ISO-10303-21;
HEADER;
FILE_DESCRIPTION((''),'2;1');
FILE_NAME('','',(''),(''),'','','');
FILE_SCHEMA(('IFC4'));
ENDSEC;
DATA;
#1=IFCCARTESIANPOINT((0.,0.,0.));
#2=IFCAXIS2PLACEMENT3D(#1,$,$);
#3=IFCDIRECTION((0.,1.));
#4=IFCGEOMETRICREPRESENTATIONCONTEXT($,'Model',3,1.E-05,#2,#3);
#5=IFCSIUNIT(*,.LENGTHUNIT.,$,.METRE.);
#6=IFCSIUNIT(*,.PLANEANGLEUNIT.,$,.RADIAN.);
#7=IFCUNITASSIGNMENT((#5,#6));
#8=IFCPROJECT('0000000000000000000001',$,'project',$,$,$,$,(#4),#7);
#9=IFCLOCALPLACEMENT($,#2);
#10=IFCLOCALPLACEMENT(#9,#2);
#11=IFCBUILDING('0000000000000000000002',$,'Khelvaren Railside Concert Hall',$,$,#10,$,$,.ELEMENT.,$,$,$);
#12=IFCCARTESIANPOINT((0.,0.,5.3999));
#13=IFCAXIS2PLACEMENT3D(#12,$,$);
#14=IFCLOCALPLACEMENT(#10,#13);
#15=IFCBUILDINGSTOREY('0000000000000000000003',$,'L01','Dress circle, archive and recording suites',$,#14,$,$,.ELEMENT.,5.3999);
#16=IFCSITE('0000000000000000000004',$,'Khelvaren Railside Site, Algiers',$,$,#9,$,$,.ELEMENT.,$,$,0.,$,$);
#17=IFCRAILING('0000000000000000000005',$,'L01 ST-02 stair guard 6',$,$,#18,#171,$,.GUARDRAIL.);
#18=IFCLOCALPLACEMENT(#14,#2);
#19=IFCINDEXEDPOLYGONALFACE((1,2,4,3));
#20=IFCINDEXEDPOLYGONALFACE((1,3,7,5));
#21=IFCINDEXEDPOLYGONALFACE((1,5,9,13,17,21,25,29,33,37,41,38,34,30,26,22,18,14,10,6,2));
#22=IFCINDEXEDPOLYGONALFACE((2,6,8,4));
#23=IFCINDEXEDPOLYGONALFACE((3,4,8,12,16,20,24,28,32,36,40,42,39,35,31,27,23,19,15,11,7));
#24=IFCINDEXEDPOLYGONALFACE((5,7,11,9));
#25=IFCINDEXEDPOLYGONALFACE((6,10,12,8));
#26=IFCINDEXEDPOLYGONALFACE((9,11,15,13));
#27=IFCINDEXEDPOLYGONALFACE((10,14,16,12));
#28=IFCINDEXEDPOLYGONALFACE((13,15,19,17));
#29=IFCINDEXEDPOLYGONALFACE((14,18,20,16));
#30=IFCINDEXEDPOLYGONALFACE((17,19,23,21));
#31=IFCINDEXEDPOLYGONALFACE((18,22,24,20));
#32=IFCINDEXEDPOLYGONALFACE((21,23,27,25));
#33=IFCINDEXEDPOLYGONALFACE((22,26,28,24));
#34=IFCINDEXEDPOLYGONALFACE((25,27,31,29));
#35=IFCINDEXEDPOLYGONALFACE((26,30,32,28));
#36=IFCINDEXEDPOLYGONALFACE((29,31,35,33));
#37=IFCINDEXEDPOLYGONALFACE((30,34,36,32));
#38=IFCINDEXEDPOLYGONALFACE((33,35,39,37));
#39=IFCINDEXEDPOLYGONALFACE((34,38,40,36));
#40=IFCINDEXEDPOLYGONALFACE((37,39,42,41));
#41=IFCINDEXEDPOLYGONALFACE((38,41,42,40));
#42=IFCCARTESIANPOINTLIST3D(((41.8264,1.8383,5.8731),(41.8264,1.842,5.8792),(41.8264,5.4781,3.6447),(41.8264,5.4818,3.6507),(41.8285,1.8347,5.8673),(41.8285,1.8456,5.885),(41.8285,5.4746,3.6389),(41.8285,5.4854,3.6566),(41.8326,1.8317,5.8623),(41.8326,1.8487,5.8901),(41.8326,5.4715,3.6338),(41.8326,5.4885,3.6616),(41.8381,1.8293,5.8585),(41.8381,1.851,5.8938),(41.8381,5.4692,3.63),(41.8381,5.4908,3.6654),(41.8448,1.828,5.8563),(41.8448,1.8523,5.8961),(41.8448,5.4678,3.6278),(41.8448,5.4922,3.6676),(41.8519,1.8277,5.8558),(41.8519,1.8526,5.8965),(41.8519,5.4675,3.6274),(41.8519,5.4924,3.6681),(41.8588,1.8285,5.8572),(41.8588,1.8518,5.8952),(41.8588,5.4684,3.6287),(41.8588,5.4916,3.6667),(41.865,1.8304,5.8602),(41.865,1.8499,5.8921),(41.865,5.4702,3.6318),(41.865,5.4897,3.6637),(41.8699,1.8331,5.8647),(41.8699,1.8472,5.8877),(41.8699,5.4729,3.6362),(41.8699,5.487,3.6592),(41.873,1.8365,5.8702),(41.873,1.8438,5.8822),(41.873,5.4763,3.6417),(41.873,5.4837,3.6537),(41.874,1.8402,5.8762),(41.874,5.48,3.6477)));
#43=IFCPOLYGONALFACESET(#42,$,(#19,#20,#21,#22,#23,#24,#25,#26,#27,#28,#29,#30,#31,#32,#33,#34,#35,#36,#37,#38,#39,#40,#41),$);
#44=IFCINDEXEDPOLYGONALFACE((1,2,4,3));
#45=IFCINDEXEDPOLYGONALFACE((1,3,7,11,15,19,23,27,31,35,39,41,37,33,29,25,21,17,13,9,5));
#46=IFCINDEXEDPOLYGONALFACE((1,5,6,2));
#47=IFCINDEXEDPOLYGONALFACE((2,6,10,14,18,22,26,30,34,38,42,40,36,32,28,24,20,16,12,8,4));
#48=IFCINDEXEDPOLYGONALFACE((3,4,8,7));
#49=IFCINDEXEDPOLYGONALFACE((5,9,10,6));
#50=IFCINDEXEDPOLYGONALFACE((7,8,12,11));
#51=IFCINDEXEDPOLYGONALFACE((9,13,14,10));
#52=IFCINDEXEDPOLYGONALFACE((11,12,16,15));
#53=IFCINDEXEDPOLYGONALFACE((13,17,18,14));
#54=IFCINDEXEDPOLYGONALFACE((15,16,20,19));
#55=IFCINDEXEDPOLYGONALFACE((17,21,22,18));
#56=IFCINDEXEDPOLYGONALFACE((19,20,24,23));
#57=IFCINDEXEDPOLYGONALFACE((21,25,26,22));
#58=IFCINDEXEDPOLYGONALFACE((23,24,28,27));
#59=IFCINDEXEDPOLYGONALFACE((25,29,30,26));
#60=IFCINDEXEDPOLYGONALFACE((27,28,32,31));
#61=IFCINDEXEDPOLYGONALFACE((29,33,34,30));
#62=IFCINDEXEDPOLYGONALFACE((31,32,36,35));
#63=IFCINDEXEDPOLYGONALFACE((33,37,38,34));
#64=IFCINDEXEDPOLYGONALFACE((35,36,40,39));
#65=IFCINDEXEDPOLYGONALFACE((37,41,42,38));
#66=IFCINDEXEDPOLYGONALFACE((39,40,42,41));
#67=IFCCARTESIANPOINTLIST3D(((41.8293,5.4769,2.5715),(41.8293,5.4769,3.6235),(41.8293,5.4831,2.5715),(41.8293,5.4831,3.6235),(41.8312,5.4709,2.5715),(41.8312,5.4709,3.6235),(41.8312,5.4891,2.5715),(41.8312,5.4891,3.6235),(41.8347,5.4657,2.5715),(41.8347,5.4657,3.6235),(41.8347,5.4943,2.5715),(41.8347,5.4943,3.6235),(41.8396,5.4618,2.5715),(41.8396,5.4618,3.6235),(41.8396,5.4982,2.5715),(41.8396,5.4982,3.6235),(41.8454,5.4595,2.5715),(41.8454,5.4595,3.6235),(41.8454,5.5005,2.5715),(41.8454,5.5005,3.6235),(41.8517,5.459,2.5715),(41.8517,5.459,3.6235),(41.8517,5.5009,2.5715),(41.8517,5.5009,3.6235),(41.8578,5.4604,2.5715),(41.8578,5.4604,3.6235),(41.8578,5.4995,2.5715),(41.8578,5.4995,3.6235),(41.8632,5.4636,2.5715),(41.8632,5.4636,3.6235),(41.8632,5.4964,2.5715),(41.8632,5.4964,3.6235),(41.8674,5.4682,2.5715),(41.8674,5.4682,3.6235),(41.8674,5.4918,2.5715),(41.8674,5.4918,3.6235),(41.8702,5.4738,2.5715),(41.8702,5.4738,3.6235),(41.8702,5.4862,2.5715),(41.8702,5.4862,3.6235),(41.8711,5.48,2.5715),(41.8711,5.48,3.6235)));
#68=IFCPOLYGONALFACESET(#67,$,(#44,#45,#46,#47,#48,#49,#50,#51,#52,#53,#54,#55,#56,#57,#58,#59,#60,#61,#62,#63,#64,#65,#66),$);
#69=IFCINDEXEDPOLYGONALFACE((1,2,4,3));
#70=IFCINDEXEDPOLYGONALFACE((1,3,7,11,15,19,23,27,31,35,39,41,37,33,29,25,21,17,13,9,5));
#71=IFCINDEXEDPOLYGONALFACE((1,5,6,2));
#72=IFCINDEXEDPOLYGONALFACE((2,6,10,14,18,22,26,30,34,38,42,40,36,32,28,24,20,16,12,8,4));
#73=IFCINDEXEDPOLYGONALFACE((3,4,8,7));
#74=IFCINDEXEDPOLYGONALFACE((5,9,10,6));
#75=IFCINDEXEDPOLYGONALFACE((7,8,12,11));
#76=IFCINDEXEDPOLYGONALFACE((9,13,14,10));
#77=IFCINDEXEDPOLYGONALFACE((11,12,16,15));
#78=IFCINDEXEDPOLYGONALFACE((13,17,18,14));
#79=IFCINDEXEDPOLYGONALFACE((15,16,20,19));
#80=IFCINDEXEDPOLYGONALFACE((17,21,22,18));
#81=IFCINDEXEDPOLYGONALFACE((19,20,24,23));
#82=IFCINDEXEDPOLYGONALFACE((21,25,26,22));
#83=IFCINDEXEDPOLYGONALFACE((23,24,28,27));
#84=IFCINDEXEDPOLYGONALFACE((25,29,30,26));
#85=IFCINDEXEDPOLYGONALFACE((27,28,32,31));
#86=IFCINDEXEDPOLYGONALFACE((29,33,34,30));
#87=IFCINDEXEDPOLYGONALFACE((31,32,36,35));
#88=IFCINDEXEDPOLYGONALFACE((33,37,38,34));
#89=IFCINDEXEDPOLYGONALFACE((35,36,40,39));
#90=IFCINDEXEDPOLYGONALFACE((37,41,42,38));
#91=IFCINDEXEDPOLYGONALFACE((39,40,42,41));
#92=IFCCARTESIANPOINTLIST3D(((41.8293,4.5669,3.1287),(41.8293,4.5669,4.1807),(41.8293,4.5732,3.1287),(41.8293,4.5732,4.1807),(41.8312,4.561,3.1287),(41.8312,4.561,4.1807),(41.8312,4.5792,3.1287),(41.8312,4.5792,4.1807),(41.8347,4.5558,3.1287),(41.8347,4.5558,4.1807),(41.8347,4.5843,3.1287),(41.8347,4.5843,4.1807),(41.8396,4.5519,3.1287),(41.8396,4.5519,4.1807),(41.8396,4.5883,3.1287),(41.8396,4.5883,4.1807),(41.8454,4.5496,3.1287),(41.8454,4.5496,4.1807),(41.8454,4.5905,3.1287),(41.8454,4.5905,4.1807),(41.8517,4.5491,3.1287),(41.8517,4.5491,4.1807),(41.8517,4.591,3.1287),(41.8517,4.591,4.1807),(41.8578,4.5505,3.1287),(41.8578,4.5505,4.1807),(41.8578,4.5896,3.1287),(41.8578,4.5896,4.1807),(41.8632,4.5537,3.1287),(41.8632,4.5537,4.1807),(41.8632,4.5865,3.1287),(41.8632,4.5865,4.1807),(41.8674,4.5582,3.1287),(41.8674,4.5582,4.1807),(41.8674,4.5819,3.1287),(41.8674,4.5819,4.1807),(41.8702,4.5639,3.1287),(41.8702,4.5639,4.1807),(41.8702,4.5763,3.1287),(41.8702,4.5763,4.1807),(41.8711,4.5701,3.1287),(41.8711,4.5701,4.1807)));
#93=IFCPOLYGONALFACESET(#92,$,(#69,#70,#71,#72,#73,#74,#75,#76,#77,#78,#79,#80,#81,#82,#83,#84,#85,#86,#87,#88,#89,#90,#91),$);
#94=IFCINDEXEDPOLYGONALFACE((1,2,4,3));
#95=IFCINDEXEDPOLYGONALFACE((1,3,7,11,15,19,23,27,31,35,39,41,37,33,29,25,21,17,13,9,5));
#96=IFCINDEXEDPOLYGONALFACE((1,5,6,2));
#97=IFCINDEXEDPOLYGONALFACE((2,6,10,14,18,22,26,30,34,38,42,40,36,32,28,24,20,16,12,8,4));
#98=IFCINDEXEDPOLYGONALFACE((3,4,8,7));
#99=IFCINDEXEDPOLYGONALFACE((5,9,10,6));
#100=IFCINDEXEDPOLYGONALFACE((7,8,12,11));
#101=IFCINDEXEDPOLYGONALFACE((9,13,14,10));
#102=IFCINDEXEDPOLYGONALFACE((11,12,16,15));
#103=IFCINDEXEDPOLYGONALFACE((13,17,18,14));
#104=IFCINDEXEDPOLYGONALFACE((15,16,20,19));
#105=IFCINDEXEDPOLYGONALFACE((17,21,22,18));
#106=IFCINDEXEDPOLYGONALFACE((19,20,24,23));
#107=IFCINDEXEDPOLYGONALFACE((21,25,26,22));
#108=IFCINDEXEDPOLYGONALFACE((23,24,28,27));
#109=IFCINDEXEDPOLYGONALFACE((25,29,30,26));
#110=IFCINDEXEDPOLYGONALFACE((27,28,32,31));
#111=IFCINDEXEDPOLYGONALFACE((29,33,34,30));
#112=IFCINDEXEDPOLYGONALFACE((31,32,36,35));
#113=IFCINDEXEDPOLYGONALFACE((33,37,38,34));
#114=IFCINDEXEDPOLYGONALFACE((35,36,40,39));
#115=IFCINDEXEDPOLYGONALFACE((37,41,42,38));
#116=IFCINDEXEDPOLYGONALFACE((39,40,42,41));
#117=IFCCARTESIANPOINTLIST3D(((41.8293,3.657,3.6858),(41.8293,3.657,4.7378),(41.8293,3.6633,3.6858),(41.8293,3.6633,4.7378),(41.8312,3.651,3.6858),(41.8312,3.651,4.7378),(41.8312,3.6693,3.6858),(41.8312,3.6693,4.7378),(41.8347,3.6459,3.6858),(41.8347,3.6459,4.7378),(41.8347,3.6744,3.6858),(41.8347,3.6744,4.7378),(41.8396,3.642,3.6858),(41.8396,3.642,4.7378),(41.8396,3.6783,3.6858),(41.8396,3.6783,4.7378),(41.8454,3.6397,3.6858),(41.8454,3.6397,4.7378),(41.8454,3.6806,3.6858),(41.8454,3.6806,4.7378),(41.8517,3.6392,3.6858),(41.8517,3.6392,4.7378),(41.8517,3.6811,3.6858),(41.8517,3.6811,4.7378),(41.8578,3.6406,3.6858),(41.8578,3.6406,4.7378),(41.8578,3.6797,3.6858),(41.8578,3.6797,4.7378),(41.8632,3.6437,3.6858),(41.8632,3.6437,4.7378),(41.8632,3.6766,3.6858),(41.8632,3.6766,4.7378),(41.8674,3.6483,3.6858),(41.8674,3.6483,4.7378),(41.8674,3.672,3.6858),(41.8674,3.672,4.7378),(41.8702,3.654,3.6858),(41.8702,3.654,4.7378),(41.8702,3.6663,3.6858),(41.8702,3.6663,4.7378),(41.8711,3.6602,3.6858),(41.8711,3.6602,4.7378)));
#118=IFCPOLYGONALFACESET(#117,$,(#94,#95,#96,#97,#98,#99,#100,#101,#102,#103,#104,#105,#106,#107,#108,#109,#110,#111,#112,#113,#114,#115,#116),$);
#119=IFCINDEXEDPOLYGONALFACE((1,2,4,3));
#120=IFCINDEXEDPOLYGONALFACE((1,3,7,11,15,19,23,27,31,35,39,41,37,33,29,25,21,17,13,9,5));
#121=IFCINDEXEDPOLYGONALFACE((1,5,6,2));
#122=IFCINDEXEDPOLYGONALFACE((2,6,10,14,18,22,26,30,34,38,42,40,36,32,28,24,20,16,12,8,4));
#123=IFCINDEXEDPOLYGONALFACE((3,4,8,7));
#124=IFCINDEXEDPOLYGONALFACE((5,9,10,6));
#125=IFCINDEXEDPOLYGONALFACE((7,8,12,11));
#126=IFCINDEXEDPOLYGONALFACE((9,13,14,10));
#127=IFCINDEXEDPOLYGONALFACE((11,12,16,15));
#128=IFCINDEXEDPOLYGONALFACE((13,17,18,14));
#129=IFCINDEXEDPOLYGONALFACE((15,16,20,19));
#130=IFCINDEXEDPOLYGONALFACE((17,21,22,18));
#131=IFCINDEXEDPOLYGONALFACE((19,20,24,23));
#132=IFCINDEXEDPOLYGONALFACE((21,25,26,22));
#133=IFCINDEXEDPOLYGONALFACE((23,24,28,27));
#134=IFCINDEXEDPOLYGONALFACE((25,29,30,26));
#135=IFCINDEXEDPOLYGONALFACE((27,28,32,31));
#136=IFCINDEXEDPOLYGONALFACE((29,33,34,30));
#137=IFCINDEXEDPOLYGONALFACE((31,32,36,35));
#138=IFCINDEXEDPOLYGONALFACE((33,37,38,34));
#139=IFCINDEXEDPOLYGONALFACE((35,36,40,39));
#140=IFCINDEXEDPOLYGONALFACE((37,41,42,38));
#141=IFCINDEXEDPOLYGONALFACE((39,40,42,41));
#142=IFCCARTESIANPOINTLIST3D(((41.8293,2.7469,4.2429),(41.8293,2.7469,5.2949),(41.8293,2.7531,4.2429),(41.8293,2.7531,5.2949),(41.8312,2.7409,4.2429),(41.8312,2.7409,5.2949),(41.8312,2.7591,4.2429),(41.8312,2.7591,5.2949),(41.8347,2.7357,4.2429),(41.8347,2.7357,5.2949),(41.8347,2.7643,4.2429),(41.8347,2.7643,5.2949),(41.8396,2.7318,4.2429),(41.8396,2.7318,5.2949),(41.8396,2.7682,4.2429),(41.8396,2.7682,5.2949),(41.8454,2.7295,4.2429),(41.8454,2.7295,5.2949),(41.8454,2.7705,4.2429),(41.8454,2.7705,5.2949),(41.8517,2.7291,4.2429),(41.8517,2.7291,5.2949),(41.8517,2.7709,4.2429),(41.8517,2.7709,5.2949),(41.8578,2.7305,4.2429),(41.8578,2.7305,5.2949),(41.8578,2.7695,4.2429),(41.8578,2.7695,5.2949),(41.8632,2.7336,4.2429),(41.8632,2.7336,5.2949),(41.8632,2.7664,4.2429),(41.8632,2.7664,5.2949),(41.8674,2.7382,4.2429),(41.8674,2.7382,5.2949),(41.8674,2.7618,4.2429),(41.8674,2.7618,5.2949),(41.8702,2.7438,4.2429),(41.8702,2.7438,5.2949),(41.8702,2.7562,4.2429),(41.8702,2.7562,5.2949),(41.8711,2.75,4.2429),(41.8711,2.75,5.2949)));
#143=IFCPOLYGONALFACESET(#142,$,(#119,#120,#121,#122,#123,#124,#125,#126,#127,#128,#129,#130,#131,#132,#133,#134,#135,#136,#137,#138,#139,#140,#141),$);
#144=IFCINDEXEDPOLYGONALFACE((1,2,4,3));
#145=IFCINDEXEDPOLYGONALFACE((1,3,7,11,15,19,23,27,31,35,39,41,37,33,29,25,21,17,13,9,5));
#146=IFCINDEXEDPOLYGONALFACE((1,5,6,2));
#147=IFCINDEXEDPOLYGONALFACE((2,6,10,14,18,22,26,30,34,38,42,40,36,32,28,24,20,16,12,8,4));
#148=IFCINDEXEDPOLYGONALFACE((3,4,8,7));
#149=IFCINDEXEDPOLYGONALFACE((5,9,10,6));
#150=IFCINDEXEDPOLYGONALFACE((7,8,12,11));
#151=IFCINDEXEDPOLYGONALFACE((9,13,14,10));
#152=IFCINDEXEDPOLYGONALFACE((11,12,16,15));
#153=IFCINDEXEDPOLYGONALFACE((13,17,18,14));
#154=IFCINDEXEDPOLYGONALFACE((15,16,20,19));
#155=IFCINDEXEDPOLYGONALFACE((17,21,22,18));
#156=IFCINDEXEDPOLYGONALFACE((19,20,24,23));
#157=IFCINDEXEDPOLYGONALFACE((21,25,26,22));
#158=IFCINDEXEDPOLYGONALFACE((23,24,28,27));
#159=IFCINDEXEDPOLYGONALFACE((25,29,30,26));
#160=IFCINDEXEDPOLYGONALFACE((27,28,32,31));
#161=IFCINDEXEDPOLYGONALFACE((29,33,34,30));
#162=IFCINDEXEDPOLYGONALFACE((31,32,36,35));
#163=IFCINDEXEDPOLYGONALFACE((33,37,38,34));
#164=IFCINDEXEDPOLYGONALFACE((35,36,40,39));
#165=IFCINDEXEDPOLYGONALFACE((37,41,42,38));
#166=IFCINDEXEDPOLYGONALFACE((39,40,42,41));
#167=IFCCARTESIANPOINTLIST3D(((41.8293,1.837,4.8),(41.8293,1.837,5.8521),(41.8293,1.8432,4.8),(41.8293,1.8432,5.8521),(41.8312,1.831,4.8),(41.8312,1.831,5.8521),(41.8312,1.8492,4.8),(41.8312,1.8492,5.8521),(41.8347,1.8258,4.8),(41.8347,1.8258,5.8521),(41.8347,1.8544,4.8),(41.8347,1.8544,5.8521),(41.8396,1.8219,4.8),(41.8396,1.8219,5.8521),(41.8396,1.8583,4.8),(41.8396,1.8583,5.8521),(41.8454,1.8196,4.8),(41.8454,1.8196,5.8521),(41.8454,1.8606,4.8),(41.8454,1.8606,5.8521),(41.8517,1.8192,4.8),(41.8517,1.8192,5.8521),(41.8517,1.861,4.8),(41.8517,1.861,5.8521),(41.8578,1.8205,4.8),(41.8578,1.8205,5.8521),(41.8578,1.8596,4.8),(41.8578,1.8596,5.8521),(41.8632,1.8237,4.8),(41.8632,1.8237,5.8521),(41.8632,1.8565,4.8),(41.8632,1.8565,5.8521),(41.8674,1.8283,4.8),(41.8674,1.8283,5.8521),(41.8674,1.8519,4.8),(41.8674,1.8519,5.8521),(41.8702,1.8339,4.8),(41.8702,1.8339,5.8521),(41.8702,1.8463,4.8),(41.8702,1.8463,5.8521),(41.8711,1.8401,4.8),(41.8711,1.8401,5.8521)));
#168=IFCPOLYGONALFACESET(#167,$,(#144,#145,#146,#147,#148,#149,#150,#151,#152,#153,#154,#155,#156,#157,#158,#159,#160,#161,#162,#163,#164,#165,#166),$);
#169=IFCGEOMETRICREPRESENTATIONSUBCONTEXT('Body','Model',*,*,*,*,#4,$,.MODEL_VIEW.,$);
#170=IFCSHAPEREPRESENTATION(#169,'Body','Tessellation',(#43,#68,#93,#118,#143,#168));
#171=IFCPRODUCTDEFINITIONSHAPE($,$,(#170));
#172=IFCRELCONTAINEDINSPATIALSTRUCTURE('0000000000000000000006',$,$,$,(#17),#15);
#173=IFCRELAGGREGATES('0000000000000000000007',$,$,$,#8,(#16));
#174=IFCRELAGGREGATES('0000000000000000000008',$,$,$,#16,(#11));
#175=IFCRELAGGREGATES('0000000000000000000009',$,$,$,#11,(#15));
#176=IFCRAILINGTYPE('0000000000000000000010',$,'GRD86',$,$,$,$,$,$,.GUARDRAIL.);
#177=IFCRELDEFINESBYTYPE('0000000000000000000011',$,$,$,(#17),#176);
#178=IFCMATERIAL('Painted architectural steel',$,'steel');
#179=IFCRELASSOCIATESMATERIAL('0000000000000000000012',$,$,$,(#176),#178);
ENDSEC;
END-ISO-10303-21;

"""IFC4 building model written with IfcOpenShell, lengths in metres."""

from ifc_helpers import new_model, si_unit, direction, frame, origin, origin_2d, place, context, subcontext, project, spatial, circle, extrude, material, type_object, element, save


model = new_model("IFC4")

# Units and contexts
model_context = context("Model", 3, precision=1e-05, world=origin(), true_north=direction((0.0, 1.0)))
body_context = subcontext(model_context, "Body", "Model", "MODEL_VIEW")
ifc_project = project(units=[si_unit("LENGTHUNIT", "METRE"), si_unit("PLANEANGLEUNIT", "RADIAN")], contexts=[model_context])

# Site, building, storey
site_placement = place(None, origin())
site = spatial("IfcSite", under=ifc_project, at=site_placement, Name="Khelvaren Railside Site, Algiers", CompositionType="ELEMENT", RefElevation=0.0)
building_placement = place(site_placement, origin())
building = spatial("IfcBuilding", under=site, at=building_placement, Name="Khelvaren Railside Concert Hall", CompositionType="ELEMENT")
storey_placement = place(building_placement, frame((0.0, 0.0, 5.3999)))
storey = spatial("IfcBuildingStorey", under=building, at=storey_placement, Name="L01", Description="Dress circle, archive and recording suites", CompositionType="ELEMENT", Elevation=5.3999)

# Railing
ifc_material_1 = material(Name="Painted architectural steel", Category="steel")
railing_type = type_object("IfcRailingType", Name="GRD86", PredefinedType="GUARDRAIL", material=ifc_material_1)
railing_1_placement = place(storey_placement, frame((41.8501, 5.48, 2.5715)))
element("IfcRailing", 1, at=railing_1_placement, inside=storey, type_object=railing_type, Name="L01 ST-02 stair guard 6", PredefinedType="GUARDRAIL", context=body_context, shape_type="SweptSolid", body=[
    extrude(circle(Radius=0.0239, at=origin_2d()), frame((0.0, 0.0, 1.0762), z_axis=(0.0, -0.85285, 0.522156), x_axis=(1.0, 0.0, 0.0)), (0.0, 0.0, 1.0), 4.2678),
    extrude(circle(Radius=0.021, at=origin_2d()), origin(), (0.0, 0.0, 1.0), 1.052),
    extrude(circle(Radius=0.021, at=origin_2d()), frame((0.0, -0.9099, 0.5571)), (0.0, 0.0, 1.0), 1.052),
    extrude(circle(Radius=0.021, at=origin_2d()), frame((0.0, -1.8198, 1.1143)), (0.0, 0.0, 1.0), 1.052),
    extrude(circle(Radius=0.021, at=origin_2d()), frame((0.0, -2.73, 1.6714)), (0.0, 0.0, 1.0), 1.052),
    extrude(circle(Radius=0.021, at=origin_2d()), frame((0.0, -3.6399, 2.2285)), (0.0, 0.0, 1.0), 1.052),
])

save(model, "model.ifc")
